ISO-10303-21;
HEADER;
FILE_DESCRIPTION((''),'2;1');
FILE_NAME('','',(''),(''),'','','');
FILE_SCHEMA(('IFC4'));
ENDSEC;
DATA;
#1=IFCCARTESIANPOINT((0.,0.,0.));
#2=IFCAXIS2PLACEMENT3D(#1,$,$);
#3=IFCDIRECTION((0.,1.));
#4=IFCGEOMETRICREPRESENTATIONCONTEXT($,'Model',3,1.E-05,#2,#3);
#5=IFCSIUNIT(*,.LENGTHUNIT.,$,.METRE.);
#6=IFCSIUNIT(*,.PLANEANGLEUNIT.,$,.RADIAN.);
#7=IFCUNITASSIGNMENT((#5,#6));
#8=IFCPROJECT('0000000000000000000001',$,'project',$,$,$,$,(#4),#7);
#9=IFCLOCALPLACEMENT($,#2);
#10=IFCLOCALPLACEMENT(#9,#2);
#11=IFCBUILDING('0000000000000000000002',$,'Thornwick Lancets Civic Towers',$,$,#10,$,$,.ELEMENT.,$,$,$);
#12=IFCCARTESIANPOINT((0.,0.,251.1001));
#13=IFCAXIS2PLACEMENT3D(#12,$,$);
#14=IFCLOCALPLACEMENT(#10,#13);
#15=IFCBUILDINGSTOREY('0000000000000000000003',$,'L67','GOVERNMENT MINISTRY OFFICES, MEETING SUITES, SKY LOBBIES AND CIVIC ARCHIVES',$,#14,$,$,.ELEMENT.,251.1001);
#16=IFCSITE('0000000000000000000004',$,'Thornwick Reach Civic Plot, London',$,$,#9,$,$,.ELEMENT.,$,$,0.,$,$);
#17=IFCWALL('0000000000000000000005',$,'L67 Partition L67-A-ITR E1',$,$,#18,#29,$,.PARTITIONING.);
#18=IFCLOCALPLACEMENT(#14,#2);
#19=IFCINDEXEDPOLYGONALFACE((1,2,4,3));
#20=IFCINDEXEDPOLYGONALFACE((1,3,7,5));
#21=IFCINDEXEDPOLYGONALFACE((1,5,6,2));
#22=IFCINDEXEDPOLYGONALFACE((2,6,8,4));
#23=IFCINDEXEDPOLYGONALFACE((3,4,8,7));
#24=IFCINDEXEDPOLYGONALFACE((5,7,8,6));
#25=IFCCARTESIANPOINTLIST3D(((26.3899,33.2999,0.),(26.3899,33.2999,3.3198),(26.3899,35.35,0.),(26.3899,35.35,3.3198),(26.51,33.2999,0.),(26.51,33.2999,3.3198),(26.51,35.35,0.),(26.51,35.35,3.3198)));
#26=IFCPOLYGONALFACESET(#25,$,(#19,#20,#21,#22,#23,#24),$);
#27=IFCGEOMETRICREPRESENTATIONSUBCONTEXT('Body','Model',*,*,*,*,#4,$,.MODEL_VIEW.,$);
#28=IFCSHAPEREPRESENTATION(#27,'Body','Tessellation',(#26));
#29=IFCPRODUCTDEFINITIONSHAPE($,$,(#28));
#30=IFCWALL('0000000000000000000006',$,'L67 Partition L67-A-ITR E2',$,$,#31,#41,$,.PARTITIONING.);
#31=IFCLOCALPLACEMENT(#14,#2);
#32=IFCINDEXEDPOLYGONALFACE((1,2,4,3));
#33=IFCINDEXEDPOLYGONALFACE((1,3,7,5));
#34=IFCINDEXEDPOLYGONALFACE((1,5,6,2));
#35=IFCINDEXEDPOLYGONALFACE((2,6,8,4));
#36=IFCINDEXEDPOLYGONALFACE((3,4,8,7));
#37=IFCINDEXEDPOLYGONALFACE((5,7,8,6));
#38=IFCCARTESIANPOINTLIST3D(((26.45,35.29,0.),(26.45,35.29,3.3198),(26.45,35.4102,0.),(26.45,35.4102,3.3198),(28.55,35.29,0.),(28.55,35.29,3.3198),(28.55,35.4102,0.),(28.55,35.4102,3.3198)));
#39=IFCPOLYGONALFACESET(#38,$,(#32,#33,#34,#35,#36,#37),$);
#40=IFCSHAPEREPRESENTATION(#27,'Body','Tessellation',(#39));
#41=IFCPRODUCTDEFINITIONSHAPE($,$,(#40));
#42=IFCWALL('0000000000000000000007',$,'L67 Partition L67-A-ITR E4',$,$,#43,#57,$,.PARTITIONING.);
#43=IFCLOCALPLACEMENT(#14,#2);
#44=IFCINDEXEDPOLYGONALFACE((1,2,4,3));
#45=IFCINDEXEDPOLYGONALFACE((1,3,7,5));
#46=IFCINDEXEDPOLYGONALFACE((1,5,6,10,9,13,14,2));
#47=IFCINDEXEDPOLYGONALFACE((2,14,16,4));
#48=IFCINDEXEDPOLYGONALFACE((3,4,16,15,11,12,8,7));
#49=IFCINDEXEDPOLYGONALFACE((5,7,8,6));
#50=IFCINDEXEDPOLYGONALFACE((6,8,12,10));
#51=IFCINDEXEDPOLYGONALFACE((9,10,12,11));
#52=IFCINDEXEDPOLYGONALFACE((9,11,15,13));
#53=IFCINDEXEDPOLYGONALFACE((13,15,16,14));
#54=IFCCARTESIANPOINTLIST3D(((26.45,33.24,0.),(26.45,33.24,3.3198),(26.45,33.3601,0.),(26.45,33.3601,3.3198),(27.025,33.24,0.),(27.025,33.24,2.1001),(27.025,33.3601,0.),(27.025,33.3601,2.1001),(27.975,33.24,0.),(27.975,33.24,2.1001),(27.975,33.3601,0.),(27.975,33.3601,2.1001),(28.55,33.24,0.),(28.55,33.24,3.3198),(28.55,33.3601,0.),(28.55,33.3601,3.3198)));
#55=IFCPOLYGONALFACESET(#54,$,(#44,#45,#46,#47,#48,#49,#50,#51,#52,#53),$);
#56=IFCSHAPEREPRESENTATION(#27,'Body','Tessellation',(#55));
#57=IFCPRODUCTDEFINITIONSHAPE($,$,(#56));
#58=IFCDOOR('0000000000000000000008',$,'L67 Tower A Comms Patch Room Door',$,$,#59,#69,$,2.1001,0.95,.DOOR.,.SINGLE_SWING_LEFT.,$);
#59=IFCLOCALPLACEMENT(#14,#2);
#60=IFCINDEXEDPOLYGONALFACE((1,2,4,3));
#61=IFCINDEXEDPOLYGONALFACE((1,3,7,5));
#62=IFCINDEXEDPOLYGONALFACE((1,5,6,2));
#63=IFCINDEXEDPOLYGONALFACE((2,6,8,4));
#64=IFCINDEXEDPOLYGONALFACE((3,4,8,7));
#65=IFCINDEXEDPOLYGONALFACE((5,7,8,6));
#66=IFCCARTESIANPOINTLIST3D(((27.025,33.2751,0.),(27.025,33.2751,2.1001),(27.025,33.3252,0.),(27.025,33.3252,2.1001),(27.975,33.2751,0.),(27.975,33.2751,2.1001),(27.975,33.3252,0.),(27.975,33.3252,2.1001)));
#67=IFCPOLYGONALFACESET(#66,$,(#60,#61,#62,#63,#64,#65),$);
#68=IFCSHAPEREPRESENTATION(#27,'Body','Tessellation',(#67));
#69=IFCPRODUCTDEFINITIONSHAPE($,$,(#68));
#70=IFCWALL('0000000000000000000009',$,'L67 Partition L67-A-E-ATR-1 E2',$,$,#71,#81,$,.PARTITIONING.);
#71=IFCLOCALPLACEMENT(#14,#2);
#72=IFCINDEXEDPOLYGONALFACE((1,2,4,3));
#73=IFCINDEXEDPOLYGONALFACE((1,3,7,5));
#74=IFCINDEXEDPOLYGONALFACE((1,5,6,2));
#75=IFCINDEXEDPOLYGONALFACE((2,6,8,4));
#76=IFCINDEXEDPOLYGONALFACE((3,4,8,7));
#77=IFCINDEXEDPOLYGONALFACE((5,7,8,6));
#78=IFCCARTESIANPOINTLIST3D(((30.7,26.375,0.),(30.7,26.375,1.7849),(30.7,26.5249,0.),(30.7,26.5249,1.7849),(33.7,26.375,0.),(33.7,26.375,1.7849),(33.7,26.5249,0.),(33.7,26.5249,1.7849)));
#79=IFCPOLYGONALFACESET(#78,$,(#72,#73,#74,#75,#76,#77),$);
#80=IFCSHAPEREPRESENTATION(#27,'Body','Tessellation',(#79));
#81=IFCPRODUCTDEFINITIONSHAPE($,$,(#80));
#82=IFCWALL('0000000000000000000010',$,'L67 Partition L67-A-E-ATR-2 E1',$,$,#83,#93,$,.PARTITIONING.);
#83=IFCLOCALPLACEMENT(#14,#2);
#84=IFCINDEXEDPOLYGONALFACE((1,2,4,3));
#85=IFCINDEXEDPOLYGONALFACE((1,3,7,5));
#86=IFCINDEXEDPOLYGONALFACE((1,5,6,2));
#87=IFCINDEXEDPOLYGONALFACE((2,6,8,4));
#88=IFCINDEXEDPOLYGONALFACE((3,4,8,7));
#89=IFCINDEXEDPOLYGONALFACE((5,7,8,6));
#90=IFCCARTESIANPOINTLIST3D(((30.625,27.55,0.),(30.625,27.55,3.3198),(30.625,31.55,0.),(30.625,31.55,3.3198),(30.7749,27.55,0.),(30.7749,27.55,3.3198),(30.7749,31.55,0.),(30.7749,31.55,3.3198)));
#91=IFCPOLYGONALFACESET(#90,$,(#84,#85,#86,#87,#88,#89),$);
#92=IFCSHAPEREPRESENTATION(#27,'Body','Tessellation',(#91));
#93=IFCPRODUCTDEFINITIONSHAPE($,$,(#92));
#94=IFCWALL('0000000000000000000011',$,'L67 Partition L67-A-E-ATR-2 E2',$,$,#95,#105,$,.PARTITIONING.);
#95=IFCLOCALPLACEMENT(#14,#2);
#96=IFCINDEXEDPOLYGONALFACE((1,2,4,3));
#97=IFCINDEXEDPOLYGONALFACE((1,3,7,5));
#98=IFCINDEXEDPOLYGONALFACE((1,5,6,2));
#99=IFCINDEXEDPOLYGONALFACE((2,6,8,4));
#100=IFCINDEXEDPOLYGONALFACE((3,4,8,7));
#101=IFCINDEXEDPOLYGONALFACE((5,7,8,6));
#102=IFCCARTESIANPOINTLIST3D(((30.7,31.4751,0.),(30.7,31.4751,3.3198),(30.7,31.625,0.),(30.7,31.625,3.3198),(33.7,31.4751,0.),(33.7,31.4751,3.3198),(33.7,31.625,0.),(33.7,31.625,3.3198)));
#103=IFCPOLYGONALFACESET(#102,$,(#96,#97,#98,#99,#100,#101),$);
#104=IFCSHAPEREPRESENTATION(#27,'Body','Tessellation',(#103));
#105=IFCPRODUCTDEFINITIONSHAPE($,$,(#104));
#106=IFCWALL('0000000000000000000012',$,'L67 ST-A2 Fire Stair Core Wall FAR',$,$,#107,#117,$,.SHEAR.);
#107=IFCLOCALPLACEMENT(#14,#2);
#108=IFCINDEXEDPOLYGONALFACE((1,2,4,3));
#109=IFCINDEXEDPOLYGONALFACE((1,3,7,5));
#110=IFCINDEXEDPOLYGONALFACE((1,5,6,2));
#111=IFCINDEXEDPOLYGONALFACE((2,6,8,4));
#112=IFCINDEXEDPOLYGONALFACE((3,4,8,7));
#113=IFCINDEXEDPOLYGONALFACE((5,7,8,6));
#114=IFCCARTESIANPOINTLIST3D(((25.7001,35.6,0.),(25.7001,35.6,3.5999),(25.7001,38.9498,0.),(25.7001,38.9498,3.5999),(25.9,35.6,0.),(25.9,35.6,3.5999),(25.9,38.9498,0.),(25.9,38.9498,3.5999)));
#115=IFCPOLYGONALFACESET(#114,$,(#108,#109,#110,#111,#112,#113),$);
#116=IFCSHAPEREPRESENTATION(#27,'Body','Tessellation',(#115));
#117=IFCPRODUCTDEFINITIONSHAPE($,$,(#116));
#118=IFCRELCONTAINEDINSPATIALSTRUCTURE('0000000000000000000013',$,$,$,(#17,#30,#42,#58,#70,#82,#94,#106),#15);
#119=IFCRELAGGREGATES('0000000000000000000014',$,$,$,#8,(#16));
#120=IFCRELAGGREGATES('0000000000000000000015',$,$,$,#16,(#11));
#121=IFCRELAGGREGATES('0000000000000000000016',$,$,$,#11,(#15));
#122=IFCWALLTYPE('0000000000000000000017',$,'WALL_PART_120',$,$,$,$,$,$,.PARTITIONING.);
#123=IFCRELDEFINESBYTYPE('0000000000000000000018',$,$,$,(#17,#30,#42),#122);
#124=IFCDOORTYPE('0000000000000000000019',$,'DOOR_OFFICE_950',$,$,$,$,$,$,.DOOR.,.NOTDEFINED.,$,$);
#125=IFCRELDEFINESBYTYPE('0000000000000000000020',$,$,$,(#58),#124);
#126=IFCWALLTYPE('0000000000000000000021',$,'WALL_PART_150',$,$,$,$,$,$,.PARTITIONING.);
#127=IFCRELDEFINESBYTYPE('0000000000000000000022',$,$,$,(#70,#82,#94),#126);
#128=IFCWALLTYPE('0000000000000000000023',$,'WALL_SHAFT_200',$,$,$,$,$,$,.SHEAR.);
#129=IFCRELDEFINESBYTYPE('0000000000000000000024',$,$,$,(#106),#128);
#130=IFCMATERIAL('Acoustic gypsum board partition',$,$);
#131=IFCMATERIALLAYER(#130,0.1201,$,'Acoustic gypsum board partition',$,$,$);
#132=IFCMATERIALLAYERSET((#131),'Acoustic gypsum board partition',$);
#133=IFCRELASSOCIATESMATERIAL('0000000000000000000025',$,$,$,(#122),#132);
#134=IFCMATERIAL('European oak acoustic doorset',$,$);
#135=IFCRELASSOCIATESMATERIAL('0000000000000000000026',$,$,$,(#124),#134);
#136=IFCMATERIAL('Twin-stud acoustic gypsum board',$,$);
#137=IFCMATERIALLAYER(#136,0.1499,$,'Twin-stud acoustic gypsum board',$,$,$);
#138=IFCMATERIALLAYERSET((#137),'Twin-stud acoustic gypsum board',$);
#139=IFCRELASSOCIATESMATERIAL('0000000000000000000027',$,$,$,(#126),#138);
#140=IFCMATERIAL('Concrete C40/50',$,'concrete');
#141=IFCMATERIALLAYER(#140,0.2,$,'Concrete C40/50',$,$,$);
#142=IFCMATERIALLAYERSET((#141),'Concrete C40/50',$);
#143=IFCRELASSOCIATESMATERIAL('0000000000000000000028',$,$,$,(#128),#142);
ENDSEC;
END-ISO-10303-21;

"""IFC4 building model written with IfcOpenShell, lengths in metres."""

from ifc_helpers import new_model, si_unit, direction, frame, frame_2d, origin, place, context, subcontext, project, spatial, rectangle, extrude, material, layer, layer_set, type_object, element, fill, save


model = new_model("IFC4")

# Units and contexts
model_context = context("Model", 3, precision=1e-05, world=origin(), true_north=direction((0.0, 1.0)))
body_context = subcontext(model_context, "Body", "Model", "MODEL_VIEW")
ifc_project = project(units=[si_unit("LENGTHUNIT", "METRE"), si_unit("PLANEANGLEUNIT", "RADIAN")], contexts=[model_context])

# Site, building, storey
site_placement = place(None, origin())
site = spatial("IfcSite", under=ifc_project, at=site_placement, Name="Thornwick Reach Civic Plot, London", CompositionType="ELEMENT", RefElevation=0.0)
building_placement = place(site_placement, origin())
building = spatial("IfcBuilding", under=site, at=building_placement, Name="Thornwick Lancets Civic Towers", CompositionType="ELEMENT")
storey_placement = place(building_placement, frame((0.0, 0.0, 251.1001)))
storey = spatial("IfcBuildingStorey", under=building, at=storey_placement, Name="L67", Description="GOVERNMENT MINISTRY OFFICES, MEETING SUITES, SKY LOBBIES AND CIVIC ARCHIVES", CompositionType="ELEMENT", Elevation=251.1001)

# Walls
ifc_material_1 = material(Name="Acoustic gypsum board partition")
ifc_layer_1 = layer(ifc_material_1, 0.1201, Name="Acoustic gypsum board partition")
ifc_layer_set_1 = layer_set([ifc_layer_1], Name="Acoustic gypsum board partition")
wall_type_1 = type_object("IfcWallType", Name="WALL_PART_120", PredefinedType="PARTITIONING", material=ifc_layer_set_1)
wall_1_placement = place(storey_placement, frame((26.45, 33.3, 0.0), z_axis=(0.0, 0.0, 1.0), x_axis=(0.0, 1.0, 0.0)))
element("IfcWall", 1, at=wall_1_placement, inside=storey, type_object=wall_type_1, Name="L67 Partition L67-A-ITR E1", PredefinedType="PARTITIONING", context=body_context, shape_type="SweptSolid", body=[
    extrude(rectangle(XDim=2.05, YDim=0.1201, at=frame_2d((1.0249, 0.0))), origin(), (0.0, 0.0, 1.0), 3.3198),
])
wall_2_placement = place(storey_placement, frame((26.45, 35.3501, 0.0), z_axis=(0.0, 0.0, 1.0), x_axis=(1.0, 0.0, 0.0)))
element("IfcWall", 2, at=wall_2_placement, inside=storey, type_object=wall_type_1, Name="L67 Partition L67-A-ITR E2", PredefinedType="PARTITIONING", context=body_context, shape_type="SweptSolid", body=[
    extrude(rectangle(XDim=2.1001, YDim=0.1201, at=frame_2d((1.05, 0.0))), origin(), (0.0, 0.0, 1.0), 3.3198),
])

# Wall, opening, door
wall_3_placement = place(storey_placement, frame((28.55, 33.3, 0.0), z_axis=(0.0, 0.0, 1.0), x_axis=(-1.0, 0.0, 0.0)))
wall_3 = element("IfcWall", 3, at=wall_3_placement, inside=storey, type_object=wall_type_1, Name="L67 Partition L67-A-ITR E4", PredefinedType="PARTITIONING", context=body_context, shape_type="SweptSolid", body=[
    extrude(rectangle(XDim=2.1001, YDim=0.1201, at=frame_2d((1.05, 0.0))), origin(), (0.0, 0.0, 1.0), 3.3198),
])
opening_1_placement = place(wall_3_placement, frame((0.575, 0.0, 0.0)))
opening_1 = element("IfcOpeningElement", 4, at=opening_1_placement, cuts=wall_3, PredefinedType="OPENING", context=body_context, shape_type="SweptSolid", body=[
    extrude(rectangle(XDim=0.95, YDim=2.1001, at=frame_2d((0.4751, 1.05))), frame((0.0, 0.0701, 0.0), z_axis=(0.0, -1.0, 0.0), x_axis=(1.0, 0.0, 0.0)), (0.0, 0.0, 1.0), 0.1401),
])
ifc_material_2 = material(Name="European oak acoustic doorset")
door_type_1 = type_object("IfcDoorType", Name="DOOR_OFFICE_950", OperationType="NOTDEFINED", PredefinedType="DOOR", material=ifc_material_2)
door_1_placement = place(opening_1_placement, origin())
door_1 = element("IfcDoor", 5, at=door_1_placement, inside=storey, type_object=door_type_1, Name="L67 Tower A Comms Patch Room Door", OperationType="SINGLE_SWING_LEFT", OverallHeight=2.1001, OverallWidth=0.95, PredefinedType="DOOR", context=body_context, shape_type="SweptSolid", body=[
    extrude(rectangle(XDim=0.95, YDim=2.1001, at=frame_2d((0.4751, 1.05))), frame((0.0, 0.0249, 0.0), z_axis=(0.0, -1.0, 0.0), x_axis=(1.0, 0.0, 0.0)), (0.0, 0.0, 1.0), 0.05),
])
fill(opening_1, door_1)

# Walls
ifc_material_3 = material(Name="Twin-stud acoustic gypsum board")
ifc_layer_2 = layer(ifc_material_3, 0.1499, Name="Twin-stud acoustic gypsum board")
ifc_layer_set_2 = layer_set([ifc_layer_2], Name="Twin-stud acoustic gypsum board")
wall_type_2 = type_object("IfcWallType", Name="WALL_PART_150", PredefinedType="PARTITIONING", material=ifc_layer_set_2)
wall_4_placement = place(storey_placement, frame((30.7, 26.45, 0.0), z_axis=(0.0, 0.0, 1.0), x_axis=(1.0, 0.0, 0.0)))
element("IfcWall", 6, at=wall_4_placement, inside=storey, type_object=wall_type_2, Name="L67 Partition L67-A-E-ATR-1 E2", PredefinedType="PARTITIONING", context=body_context, shape_type="SweptSolid", body=[
    extrude(rectangle(XDim=3.0, YDim=0.1499, at=frame_2d((1.5, 0.0))), origin(), (0.0, 0.0, 1.0), 1.7849),
])
wall_5_placement = place(storey_placement, frame((30.7, 27.55, 0.0), z_axis=(0.0, 0.0, 1.0), x_axis=(0.0, 1.0, 0.0)))
element("IfcWall", 7, at=wall_5_placement, inside=storey, type_object=wall_type_2, Name="L67 Partition L67-A-E-ATR-2 E1", PredefinedType="PARTITIONING", context=body_context, shape_type="SweptSolid", body=[
    extrude(rectangle(XDim=4.0, YDim=0.1499, at=frame_2d((2.0, 0.0))), origin(), (0.0, 0.0, 1.0), 3.3198),
])
wall_6_placement = place(storey_placement, frame((30.7, 31.55, 0.0), z_axis=(0.0, 0.0, 1.0), x_axis=(1.0, 0.0, 0.0)))
element("IfcWall", 8, at=wall_6_placement, inside=storey, type_object=wall_type_2, Name="L67 Partition L67-A-E-ATR-2 E2", PredefinedType="PARTITIONING", context=body_context, shape_type="SweptSolid", body=[
    extrude(rectangle(XDim=3.0, YDim=0.1499, at=frame_2d((1.5, 0.0))), origin(), (0.0, 0.0, 1.0), 3.3198),
])
ifc_material_4 = material(Name="Concrete C40/50", Category="concrete")
ifc_layer_3 = layer(ifc_material_4, 0.2, Name="Concrete C40/50")
ifc_layer_set_3 = layer_set([ifc_layer_3], Name="Concrete C40/50")
wall_type_3 = type_object("IfcWallType", Name="WALL_SHAFT_200", PredefinedType="SHEAR", material=ifc_layer_set_3)
wall_7_placement = place(storey_placement, frame((25.8, 35.6001, 0.0), z_axis=(0.0, 0.0, 1.0), x_axis=(0.0, 1.0, 0.0)))
element("IfcWall", 9, at=wall_7_placement, inside=storey, type_object=wall_type_3, Name="L67 ST-A2 Fire Stair Core Wall FAR", PredefinedType="SHEAR", context=body_context, shape_type="SweptSolid", body=[
    extrude(rectangle(XDim=3.3499, YDim=0.2, at=frame_2d((1.6748, 0.0))), origin(), (0.0, 0.0, 1.0), 3.5999),
])

save(model, "model.ifc")
